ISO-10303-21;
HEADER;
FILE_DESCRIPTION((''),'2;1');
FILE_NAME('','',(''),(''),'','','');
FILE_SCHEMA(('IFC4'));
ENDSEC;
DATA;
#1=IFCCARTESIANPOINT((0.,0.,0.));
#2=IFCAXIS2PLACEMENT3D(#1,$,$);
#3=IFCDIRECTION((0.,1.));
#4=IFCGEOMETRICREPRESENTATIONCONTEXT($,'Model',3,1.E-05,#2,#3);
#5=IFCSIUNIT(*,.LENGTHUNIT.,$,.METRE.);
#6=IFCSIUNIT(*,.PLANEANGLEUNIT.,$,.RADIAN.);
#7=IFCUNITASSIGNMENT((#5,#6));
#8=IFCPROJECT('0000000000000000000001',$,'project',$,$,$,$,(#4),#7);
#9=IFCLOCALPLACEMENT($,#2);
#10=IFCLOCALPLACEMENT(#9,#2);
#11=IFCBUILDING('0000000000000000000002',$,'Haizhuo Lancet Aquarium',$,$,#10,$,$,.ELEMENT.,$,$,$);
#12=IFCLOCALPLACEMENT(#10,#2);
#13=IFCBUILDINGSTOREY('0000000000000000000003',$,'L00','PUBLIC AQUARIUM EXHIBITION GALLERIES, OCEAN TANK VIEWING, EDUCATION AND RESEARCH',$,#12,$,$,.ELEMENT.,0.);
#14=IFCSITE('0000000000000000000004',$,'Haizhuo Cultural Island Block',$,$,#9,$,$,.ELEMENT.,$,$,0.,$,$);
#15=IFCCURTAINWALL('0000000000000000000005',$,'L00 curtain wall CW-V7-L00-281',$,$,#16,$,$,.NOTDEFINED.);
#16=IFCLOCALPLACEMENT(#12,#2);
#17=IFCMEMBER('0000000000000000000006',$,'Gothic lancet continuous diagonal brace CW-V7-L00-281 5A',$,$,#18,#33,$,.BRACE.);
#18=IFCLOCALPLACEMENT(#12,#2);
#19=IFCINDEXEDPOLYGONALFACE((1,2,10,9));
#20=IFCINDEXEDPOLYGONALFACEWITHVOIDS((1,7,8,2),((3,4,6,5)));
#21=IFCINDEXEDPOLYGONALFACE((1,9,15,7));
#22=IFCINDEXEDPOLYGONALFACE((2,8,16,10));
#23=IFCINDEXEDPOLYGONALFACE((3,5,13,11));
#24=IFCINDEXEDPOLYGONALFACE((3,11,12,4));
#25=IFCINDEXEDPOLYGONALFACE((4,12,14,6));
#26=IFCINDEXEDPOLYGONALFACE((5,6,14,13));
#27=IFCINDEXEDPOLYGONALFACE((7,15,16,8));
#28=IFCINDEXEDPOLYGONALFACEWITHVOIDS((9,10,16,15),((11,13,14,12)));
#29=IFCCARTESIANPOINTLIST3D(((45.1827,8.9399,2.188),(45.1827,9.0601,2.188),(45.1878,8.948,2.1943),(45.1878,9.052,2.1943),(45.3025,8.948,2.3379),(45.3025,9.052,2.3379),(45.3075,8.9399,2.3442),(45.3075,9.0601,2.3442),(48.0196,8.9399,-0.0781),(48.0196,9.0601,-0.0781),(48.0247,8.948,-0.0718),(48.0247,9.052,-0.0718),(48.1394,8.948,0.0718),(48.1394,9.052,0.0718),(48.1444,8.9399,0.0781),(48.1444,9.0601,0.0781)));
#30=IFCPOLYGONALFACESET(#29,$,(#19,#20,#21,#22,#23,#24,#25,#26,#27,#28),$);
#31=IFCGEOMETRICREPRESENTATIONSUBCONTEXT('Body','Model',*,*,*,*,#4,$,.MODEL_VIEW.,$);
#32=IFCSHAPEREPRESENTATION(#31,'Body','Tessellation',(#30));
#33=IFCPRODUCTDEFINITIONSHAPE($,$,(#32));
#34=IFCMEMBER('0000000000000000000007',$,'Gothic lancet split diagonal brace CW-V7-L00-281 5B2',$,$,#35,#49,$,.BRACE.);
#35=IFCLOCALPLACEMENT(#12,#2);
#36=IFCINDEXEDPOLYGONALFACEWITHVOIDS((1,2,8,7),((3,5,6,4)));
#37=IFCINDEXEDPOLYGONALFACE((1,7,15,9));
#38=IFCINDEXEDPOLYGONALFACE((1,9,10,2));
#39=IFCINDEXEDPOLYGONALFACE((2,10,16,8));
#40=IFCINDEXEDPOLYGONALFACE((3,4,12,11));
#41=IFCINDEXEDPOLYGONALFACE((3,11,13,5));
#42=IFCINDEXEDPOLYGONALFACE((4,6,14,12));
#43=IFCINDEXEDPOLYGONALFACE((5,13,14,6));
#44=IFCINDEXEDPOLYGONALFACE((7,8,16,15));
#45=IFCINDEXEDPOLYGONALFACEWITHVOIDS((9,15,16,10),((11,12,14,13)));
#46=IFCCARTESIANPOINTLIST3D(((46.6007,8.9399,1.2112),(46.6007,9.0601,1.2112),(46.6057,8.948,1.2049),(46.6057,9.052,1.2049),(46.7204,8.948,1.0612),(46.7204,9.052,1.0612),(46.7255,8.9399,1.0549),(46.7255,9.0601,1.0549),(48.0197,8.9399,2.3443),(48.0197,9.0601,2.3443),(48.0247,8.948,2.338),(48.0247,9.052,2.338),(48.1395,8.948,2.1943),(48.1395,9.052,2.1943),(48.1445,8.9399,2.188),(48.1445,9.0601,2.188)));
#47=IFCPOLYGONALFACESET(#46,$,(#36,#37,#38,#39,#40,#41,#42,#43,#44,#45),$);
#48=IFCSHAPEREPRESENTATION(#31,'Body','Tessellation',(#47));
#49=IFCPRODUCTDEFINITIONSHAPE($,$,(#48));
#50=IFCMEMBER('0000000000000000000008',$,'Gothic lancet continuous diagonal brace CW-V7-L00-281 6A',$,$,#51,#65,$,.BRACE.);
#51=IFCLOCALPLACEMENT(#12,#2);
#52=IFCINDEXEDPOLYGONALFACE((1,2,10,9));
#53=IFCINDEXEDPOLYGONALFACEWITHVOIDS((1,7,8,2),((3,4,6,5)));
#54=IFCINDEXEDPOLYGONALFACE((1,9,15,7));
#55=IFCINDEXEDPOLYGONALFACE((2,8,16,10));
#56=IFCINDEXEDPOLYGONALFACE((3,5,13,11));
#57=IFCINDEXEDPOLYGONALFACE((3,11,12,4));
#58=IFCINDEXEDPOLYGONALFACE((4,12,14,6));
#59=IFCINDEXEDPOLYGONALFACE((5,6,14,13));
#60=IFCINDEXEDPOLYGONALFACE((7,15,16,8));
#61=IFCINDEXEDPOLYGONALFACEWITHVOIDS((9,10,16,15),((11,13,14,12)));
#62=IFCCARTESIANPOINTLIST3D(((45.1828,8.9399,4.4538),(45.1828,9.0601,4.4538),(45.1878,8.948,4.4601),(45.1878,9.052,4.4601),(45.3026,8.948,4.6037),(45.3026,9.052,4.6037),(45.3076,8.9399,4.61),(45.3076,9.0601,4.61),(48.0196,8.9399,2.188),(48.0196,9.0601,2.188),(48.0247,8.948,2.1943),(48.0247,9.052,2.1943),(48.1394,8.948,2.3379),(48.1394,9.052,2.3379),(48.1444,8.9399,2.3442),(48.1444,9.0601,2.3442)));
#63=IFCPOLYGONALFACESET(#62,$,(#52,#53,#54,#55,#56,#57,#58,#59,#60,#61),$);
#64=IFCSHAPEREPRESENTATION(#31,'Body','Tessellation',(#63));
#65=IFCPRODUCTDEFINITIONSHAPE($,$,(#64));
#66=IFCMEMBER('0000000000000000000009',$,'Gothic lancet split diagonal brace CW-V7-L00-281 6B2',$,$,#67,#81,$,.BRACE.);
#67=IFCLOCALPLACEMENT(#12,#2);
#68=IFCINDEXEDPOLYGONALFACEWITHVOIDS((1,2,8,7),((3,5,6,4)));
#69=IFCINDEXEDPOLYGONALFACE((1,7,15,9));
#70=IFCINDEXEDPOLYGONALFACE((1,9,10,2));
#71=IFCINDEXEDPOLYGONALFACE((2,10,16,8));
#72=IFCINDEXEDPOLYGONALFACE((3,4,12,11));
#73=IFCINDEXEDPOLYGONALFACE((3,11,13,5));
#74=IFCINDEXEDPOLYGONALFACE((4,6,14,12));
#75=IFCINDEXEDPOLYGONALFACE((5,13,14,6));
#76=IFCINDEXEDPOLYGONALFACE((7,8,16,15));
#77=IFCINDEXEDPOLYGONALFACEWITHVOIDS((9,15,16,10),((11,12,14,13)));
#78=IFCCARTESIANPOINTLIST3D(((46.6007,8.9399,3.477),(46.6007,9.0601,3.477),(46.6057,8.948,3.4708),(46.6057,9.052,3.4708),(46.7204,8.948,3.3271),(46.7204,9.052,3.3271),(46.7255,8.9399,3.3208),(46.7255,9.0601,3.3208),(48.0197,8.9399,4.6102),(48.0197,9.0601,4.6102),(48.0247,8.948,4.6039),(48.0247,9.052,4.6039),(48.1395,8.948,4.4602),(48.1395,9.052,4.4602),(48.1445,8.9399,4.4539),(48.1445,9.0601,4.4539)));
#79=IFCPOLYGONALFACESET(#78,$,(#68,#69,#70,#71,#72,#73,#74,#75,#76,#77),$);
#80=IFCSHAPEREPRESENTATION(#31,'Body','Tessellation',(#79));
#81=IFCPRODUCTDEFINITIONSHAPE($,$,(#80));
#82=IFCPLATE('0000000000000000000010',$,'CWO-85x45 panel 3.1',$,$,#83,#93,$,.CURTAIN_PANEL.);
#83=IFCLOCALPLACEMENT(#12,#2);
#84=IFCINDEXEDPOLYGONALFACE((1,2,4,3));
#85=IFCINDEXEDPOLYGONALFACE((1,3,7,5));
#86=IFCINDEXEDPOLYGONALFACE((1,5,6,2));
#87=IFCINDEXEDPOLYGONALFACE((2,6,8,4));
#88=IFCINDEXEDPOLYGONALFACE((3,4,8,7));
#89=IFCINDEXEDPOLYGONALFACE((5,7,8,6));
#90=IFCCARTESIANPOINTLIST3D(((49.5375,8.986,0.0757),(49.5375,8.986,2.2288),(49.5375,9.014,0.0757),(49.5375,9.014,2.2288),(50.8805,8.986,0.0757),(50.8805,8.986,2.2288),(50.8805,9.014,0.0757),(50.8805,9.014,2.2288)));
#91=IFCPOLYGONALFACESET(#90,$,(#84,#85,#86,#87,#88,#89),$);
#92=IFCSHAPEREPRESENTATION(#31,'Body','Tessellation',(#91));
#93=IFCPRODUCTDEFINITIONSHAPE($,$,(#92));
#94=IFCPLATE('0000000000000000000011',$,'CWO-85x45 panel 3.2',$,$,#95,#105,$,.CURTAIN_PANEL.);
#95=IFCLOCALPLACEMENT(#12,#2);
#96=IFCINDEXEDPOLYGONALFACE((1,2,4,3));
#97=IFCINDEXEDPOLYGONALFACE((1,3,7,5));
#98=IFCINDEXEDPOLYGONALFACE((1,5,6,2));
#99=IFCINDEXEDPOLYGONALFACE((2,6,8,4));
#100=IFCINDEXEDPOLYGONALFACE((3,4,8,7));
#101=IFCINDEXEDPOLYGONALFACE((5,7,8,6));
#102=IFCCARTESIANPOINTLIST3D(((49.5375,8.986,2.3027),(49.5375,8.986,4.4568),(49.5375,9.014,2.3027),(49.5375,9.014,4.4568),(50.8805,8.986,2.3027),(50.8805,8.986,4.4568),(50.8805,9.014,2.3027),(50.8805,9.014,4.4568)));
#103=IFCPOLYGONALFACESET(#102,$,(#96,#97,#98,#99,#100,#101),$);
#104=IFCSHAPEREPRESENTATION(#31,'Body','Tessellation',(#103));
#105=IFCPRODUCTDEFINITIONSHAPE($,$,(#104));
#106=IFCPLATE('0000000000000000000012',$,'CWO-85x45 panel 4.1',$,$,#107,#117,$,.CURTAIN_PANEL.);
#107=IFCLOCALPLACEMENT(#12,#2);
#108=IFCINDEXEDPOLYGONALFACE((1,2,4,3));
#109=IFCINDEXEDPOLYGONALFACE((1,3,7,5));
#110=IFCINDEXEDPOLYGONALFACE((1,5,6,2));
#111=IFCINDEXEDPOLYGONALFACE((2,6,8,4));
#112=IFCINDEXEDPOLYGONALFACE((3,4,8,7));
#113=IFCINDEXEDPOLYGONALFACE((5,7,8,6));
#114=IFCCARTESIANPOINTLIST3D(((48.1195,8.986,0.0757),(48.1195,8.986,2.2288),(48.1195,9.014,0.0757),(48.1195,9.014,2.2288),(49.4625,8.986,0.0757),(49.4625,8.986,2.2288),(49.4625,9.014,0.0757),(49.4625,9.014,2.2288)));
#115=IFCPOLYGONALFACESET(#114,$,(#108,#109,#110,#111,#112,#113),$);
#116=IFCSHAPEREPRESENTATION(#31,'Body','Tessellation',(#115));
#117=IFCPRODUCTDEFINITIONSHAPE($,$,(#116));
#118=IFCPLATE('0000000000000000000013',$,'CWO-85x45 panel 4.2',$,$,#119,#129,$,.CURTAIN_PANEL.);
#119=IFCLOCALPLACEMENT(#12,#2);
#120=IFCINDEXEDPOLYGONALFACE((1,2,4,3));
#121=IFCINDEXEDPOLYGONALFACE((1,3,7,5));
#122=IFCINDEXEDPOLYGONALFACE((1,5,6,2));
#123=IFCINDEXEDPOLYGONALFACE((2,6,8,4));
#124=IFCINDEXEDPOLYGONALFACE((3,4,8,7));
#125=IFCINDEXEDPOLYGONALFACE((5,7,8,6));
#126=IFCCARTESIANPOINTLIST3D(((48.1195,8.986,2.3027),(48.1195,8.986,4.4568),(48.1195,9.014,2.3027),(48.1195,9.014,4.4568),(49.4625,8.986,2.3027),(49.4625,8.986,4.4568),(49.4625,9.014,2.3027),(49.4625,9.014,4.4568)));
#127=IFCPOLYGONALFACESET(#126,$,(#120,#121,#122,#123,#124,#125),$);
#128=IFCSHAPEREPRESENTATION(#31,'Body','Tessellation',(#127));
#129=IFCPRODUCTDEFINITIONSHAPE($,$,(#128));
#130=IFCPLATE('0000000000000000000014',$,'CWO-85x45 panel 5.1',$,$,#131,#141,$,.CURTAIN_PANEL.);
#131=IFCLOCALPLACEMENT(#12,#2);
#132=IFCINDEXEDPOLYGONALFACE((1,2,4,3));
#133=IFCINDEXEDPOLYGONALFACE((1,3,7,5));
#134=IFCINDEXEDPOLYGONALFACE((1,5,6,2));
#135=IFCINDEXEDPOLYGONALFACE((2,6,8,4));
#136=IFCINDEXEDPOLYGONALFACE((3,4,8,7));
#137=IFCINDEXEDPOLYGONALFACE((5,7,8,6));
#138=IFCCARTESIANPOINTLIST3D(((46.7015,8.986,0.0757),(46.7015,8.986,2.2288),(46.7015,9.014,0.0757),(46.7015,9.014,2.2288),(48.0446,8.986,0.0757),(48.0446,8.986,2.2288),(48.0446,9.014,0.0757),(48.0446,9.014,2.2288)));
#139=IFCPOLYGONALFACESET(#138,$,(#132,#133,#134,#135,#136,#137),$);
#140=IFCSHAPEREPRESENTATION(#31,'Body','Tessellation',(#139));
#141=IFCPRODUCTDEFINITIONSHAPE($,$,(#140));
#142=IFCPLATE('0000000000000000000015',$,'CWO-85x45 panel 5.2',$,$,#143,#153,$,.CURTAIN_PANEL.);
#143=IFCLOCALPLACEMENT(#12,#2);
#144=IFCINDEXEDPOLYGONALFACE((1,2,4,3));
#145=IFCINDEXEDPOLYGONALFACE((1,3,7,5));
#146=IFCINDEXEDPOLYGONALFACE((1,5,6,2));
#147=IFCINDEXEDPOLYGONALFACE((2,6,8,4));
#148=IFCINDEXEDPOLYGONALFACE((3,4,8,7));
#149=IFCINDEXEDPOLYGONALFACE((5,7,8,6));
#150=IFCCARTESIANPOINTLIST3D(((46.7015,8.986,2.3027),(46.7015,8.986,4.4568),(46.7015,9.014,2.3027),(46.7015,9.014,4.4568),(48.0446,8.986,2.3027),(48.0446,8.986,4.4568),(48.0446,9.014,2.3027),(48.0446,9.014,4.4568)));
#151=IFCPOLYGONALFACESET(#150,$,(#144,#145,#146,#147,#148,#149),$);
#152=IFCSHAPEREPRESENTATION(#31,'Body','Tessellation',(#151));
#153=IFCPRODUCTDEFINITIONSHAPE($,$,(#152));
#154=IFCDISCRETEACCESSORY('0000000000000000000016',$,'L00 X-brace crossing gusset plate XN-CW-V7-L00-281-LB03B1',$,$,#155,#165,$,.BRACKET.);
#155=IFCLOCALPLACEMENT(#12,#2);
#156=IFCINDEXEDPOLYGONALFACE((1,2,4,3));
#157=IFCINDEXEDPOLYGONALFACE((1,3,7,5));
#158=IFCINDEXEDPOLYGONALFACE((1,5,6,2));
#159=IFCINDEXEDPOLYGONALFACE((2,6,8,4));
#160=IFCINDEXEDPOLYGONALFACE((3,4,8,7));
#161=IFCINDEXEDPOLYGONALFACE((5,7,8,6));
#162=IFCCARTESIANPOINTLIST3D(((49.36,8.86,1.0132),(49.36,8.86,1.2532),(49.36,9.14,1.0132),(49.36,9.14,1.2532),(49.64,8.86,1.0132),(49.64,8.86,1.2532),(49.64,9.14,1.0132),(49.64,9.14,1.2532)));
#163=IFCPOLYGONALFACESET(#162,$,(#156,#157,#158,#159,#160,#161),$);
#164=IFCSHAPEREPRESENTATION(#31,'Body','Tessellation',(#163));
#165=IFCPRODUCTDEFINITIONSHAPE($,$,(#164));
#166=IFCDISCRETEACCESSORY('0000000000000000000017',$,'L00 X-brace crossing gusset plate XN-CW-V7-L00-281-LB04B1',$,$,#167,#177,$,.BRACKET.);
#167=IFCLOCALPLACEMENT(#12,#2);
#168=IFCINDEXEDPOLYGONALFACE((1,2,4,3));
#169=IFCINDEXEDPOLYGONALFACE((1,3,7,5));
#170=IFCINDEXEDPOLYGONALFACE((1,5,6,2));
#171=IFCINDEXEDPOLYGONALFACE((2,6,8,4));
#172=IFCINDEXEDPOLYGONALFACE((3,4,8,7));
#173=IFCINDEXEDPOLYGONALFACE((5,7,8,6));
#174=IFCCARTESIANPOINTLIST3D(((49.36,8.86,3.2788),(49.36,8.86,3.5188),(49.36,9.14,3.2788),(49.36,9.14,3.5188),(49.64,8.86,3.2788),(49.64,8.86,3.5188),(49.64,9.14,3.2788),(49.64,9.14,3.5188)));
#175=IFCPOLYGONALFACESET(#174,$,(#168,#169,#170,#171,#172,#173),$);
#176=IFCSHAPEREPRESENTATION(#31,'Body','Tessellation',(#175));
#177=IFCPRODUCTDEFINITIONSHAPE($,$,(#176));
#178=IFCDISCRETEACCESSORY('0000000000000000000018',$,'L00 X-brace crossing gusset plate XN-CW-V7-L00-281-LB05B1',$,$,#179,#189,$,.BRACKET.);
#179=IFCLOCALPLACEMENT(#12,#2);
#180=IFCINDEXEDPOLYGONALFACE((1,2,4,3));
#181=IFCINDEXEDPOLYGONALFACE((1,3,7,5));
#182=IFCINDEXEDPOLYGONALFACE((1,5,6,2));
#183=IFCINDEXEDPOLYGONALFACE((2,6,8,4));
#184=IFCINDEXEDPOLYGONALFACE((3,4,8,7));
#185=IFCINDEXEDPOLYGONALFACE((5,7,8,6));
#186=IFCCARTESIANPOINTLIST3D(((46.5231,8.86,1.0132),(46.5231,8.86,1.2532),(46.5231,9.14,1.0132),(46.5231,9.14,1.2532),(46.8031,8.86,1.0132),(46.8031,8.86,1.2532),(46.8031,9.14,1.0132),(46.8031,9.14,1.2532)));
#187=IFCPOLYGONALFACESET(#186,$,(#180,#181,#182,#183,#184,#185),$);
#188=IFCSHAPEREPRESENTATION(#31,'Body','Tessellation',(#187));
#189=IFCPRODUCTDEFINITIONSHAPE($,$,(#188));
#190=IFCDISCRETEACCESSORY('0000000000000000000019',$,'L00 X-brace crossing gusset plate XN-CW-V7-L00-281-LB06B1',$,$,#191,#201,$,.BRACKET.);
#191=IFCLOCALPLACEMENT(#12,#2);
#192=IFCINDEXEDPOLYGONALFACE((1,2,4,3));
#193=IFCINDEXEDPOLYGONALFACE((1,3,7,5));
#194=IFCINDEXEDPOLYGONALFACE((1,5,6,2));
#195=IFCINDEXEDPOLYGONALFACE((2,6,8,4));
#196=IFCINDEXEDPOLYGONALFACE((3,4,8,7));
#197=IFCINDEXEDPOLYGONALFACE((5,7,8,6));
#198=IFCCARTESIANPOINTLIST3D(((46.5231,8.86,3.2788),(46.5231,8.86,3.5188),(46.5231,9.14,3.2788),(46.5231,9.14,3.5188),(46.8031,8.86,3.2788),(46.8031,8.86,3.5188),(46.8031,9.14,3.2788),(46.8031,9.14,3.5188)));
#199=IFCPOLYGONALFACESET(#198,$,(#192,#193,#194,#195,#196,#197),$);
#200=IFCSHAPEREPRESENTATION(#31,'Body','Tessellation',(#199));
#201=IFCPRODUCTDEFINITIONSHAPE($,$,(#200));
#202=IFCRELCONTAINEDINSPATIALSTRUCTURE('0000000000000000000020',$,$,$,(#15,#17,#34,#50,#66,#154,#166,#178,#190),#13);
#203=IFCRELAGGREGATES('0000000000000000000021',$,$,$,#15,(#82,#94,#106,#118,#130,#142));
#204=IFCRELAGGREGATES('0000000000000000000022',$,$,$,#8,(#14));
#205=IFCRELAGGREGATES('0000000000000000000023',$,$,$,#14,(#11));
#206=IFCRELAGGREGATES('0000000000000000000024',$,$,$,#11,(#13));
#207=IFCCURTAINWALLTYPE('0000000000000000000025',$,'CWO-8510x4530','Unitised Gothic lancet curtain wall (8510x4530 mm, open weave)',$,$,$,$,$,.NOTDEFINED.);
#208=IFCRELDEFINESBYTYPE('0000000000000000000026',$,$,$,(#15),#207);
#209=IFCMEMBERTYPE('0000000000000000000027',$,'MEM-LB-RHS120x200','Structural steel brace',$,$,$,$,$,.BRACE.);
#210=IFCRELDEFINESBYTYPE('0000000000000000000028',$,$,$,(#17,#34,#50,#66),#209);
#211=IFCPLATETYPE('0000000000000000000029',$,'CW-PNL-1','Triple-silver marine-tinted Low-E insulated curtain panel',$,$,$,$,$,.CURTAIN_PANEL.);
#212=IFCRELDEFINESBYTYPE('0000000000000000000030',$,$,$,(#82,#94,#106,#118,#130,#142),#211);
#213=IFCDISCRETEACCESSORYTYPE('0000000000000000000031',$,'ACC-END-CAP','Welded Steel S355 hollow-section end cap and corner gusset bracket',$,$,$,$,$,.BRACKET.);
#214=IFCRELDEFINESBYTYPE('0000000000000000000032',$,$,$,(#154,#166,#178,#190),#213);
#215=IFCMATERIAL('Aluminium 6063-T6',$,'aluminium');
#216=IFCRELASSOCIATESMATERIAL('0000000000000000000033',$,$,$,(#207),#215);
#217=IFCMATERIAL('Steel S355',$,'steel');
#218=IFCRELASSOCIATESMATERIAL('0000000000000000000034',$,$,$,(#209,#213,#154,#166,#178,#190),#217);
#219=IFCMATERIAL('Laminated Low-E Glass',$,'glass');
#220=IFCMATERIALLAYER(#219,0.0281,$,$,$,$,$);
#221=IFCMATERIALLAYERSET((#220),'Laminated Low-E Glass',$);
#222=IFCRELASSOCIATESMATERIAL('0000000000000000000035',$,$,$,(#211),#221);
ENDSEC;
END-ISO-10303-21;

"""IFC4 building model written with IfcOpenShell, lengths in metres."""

from ifc_helpers import new_model, si_unit, direction, frame, origin, origin_2d, place, context, subcontext, project, spatial, rectangle, hollow_rectangle, extrude, material, layer, layer_set, material_profile, profile_set, type_object, element, aggregate, save


model = new_model("IFC4")

# Units and contexts
model_context = context("Model", 3, precision=1e-05, world=origin(), true_north=direction((0.0, 1.0)))
body_context = subcontext(model_context, "Body", "Model", "MODEL_VIEW")
ifc_project = project(units=[si_unit("LENGTHUNIT", "METRE"), si_unit("PLANEANGLEUNIT", "RADIAN")], contexts=[model_context])

# Site, building, storey
site_placement = place(None, origin())
site = spatial("IfcSite", under=ifc_project, at=site_placement, Name="Haizhuo Cultural Island Block", CompositionType="ELEMENT", RefElevation=0.0)
building_placement = place(site_placement, origin())
building = spatial("IfcBuilding", under=site, at=building_placement, Name="Haizhuo Lancet Aquarium", CompositionType="ELEMENT")
storey_placement = place(building_placement, origin())
storey = spatial("IfcBuildingStorey", under=building, at=storey_placement, Name="L00", Description="PUBLIC AQUARIUM EXHIBITION GALLERIES, OCEAN TANK VIEWING, EDUCATION AND RESEARCH", CompositionType="ELEMENT", Elevation=0.0)

# Curtain wall
ifc_material_1 = material(Name="Aluminium 6063-T6", Category="aluminium")
curtain_wall_type = type_object("IfcCurtainWallType", Name="CWO-8510x4530", Description="Unitised Gothic lancet curtain wall (8510x4530 mm, open weave)", PredefinedType="NOTDEFINED", material=ifc_material_1)
curtain_wall_placement = place(storey_placement, origin())
curtain_wall = element("IfcCurtainWall", 1, at=curtain_wall_placement, inside=storey, type_object=curtain_wall_type, Name="L00 curtain wall CW-V7-L00-281", PredefinedType="NOTDEFINED")

# Members
ifc_material_2 = material(Name="Steel S355", Category="steel")
ifc_material_profile_1 = material_profile(ifc_material_2, hollow_rectangle(XDim=0.1201, YDim=0.2, WallThickness=0.0081, at=origin_2d()), Name="RHS 120x200x8")
ifc_profile_set_1 = profile_set([ifc_material_profile_1], Name="Steel S355")
member_type_1 = type_object("IfcMemberType", Name="MEM-LB-RHS120x200", Description="Structural steel brace", PredefinedType="BRACE", material=ifc_profile_set_1)
member_1_placement = place(storey_placement, frame((48.082, 9.0, 0.0), z_axis=(-0.781328, 0.0, 0.624121), x_axis=(0.0, -1.0, 0.0)))
element("IfcMember", 2, at=member_1_placement, inside=storey, type_object=member_type_1, Name="Gothic lancet continuous diagonal brace CW-V7-L00-281 5A", PredefinedType="BRACE", context=body_context, shape_type="SweptSolid", body=[
    extrude(hollow_rectangle(XDim=0.1201, YDim=0.2, WallThickness=0.0081, at=origin_2d()), origin(), (0.0, 0.0, 1.0), 3.6309),
])
member_2_placement = place(storey_placement, frame((46.6631, 9.0, 1.1331), z_axis=(0.781433, 0.0, 0.62399), x_axis=(0.0, 1.0, 0.0)))
element("IfcMember", 3, at=member_2_placement, inside=storey, type_object=member_type_1, Name="Gothic lancet split diagonal brace CW-V7-L00-281 5B2", PredefinedType="BRACE", context=body_context, shape_type="SweptSolid", body=[
    extrude(hollow_rectangle(XDim=0.1201, YDim=0.2, WallThickness=0.0081, at=origin_2d()), origin(), (0.0, 0.0, 1.0), 1.8159),
])
member_3_placement = place(storey_placement, frame((48.082, 9.0, 2.2661), z_axis=(-0.781361, 0.0, 0.62408), x_axis=(0.0, -1.0, 0.0)))
element("IfcMember", 4, at=member_3_placement, inside=storey, type_object=member_type_1, Name="Gothic lancet continuous diagonal brace CW-V7-L00-281 6A", PredefinedType="BRACE", context=body_context, shape_type="SweptSolid", body=[
    extrude(hollow_rectangle(XDim=0.1201, YDim=0.2, WallThickness=0.0081, at=origin_2d()), origin(), (0.0, 0.0, 1.0), 3.6306),
])
member_4_placement = place(storey_placement, frame((46.6631, 9.0, 3.3989), z_axis=(0.781433, 0.0, 0.62399), x_axis=(0.0, 1.0, 0.0)))
element("IfcMember", 5, at=member_4_placement, inside=storey, type_object=member_type_1, Name="Gothic lancet split diagonal brace CW-V7-L00-281 6B2", PredefinedType="BRACE", context=body_context, shape_type="SweptSolid", body=[
    extrude(hollow_rectangle(XDim=0.1201, YDim=0.2, WallThickness=0.0081, at=origin_2d()), origin(), (0.0, 0.0, 1.0), 1.8159),
])

# Plates
ifc_material_3 = material(Name="Laminated Low-E Glass", Category="glass")
ifc_layer = layer(ifc_material_3, 0.0281)
ifc_layer_set = layer_set([ifc_layer], Name="Laminated Low-E Glass")
plate_type = type_object("IfcPlateType", Name="CW-PNL-1", Description="Triple-silver marine-tinted Low-E insulated curtain panel", PredefinedType="CURTAIN_PANEL", material=ifc_layer_set)
plate_1_placement = place(storey_placement, frame((50.209, 9.0, 0.0757), z_axis=(0.0, 0.0, 1.0), x_axis=(-1.0, 0.0, 0.0)))
plate_1 = element("IfcPlate", 6, at=plate_1_placement, type_object=plate_type, Name="CWO-85x45 panel 3.1", PredefinedType="CURTAIN_PANEL", context=body_context, shape_type="SweptSolid", body=[
    extrude(rectangle(XDim=1.343, YDim=0.0281, at=origin_2d()), origin(), (0.0, 0.0, 1.0), 2.1531),
])
plate_2_placement = place(storey_placement, frame((50.209, 9.0, 2.3027), z_axis=(0.0, 0.0, 1.0), x_axis=(-1.0, 0.0, 0.0)))
plate_2 = element("IfcPlate", 7, at=plate_2_placement, type_object=plate_type, Name="CWO-85x45 panel 3.2", PredefinedType="CURTAIN_PANEL", context=body_context, shape_type="SweptSolid", body=[
    extrude(rectangle(XDim=1.343, YDim=0.0281, at=origin_2d()), origin(), (0.0, 0.0, 1.0), 2.1541),
])
plate_3_placement = place(storey_placement, frame((48.791, 9.0, 0.0757), z_axis=(0.0, 0.0, 1.0), x_axis=(-1.0, 0.0, 0.0)))
plate_3 = element("IfcPlate", 8, at=plate_3_placement, type_object=plate_type, Name="CWO-85x45 panel 4.1", PredefinedType="CURTAIN_PANEL", context=body_context, shape_type="SweptSolid", body=[
    extrude(rectangle(XDim=1.343, YDim=0.0281, at=origin_2d()), origin(), (0.0, 0.0, 1.0), 2.1531),
])
plate_4_placement = place(storey_placement, frame((48.791, 9.0, 2.3027), z_axis=(0.0, 0.0, 1.0), x_axis=(-1.0, 0.0, 0.0)))
plate_4 = element("IfcPlate", 9, at=plate_4_placement, type_object=plate_type, Name="CWO-85x45 panel 4.2", PredefinedType="CURTAIN_PANEL", context=body_context, shape_type="SweptSolid", body=[
    extrude(rectangle(XDim=1.343, YDim=0.0281, at=origin_2d()), origin(), (0.0, 0.0, 1.0), 2.1541),
])
plate_5_placement = place(storey_placement, frame((47.373, 9.0, 0.0757), z_axis=(0.0, 0.0, 1.0), x_axis=(-1.0, 0.0, 0.0)))
plate_5 = element("IfcPlate", 10, at=plate_5_placement, type_object=plate_type, Name="CWO-85x45 panel 5.1", PredefinedType="CURTAIN_PANEL", context=body_context, shape_type="SweptSolid", body=[
    extrude(rectangle(XDim=1.343, YDim=0.0281, at=origin_2d()), origin(), (0.0, 0.0, 1.0), 2.1531),
])
plate_6_placement = place(storey_placement, frame((47.373, 9.0, 2.3027), z_axis=(0.0, 0.0, 1.0), x_axis=(-1.0, 0.0, 0.0)))
plate_6 = element("IfcPlate", 11, at=plate_6_placement, type_object=plate_type, Name="CWO-85x45 panel 5.2", PredefinedType="CURTAIN_PANEL", context=body_context, shape_type="SweptSolid", body=[
    extrude(rectangle(XDim=1.343, YDim=0.0281, at=origin_2d()), origin(), (0.0, 0.0, 1.0), 2.1541),
])
aggregate(curtain_wall, [plate_1, plate_2, plate_3, plate_4, plate_5, plate_6])

# Discrete accessories
discrete_accessory_type = type_object("IfcDiscreteAccessoryType", Name="ACC-END-CAP", Description="Welded Steel S355 hollow-section end cap and corner gusset bracket", PredefinedType="BRACKET", material=ifc_material_2)
for number, where, z_axis, x_axis, name in (
    (12, (49.5, 9.0, 1.0132), (0.0, 0.0, 1.0), (1.0, 0.0, 0.0), "L00 X-brace crossing gusset plate XN-CW-V7-L00-281-LB03B1"),
    (13, (49.5, 9.0, 3.2788), (0.0, 0.0, 1.0), (1.0, 0.0, 0.0), "L00 X-brace crossing gusset plate XN-CW-V7-L00-281-LB04B1"),
    (14, (46.6631, 9.0, 1.0132), (0.0, 0.0, 1.0), (1.0, 0.0, 0.0), "L00 X-brace crossing gusset plate XN-CW-V7-L00-281-LB05B1"),
    (15, (46.6631, 9.0, 3.2788), (0.0, 0.0, 1.0), (1.0, 0.0, 0.0), "L00 X-brace crossing gusset plate XN-CW-V7-L00-281-LB06B1"),
):
    element("IfcDiscreteAccessory", number, at=place(storey_placement, frame(where, z_axis=z_axis, x_axis=x_axis)), inside=storey, type_object=discrete_accessory_type, material=ifc_material_2, Name=name, PredefinedType="BRACKET", context=body_context, shape_type="SweptSolid", body=[
        extrude(rectangle(XDim=0.28, YDim=0.28, at=origin_2d()), origin(), (0.0, 0.0, 1.0), 0.24),
    ])

save(model, "model.ifc")
